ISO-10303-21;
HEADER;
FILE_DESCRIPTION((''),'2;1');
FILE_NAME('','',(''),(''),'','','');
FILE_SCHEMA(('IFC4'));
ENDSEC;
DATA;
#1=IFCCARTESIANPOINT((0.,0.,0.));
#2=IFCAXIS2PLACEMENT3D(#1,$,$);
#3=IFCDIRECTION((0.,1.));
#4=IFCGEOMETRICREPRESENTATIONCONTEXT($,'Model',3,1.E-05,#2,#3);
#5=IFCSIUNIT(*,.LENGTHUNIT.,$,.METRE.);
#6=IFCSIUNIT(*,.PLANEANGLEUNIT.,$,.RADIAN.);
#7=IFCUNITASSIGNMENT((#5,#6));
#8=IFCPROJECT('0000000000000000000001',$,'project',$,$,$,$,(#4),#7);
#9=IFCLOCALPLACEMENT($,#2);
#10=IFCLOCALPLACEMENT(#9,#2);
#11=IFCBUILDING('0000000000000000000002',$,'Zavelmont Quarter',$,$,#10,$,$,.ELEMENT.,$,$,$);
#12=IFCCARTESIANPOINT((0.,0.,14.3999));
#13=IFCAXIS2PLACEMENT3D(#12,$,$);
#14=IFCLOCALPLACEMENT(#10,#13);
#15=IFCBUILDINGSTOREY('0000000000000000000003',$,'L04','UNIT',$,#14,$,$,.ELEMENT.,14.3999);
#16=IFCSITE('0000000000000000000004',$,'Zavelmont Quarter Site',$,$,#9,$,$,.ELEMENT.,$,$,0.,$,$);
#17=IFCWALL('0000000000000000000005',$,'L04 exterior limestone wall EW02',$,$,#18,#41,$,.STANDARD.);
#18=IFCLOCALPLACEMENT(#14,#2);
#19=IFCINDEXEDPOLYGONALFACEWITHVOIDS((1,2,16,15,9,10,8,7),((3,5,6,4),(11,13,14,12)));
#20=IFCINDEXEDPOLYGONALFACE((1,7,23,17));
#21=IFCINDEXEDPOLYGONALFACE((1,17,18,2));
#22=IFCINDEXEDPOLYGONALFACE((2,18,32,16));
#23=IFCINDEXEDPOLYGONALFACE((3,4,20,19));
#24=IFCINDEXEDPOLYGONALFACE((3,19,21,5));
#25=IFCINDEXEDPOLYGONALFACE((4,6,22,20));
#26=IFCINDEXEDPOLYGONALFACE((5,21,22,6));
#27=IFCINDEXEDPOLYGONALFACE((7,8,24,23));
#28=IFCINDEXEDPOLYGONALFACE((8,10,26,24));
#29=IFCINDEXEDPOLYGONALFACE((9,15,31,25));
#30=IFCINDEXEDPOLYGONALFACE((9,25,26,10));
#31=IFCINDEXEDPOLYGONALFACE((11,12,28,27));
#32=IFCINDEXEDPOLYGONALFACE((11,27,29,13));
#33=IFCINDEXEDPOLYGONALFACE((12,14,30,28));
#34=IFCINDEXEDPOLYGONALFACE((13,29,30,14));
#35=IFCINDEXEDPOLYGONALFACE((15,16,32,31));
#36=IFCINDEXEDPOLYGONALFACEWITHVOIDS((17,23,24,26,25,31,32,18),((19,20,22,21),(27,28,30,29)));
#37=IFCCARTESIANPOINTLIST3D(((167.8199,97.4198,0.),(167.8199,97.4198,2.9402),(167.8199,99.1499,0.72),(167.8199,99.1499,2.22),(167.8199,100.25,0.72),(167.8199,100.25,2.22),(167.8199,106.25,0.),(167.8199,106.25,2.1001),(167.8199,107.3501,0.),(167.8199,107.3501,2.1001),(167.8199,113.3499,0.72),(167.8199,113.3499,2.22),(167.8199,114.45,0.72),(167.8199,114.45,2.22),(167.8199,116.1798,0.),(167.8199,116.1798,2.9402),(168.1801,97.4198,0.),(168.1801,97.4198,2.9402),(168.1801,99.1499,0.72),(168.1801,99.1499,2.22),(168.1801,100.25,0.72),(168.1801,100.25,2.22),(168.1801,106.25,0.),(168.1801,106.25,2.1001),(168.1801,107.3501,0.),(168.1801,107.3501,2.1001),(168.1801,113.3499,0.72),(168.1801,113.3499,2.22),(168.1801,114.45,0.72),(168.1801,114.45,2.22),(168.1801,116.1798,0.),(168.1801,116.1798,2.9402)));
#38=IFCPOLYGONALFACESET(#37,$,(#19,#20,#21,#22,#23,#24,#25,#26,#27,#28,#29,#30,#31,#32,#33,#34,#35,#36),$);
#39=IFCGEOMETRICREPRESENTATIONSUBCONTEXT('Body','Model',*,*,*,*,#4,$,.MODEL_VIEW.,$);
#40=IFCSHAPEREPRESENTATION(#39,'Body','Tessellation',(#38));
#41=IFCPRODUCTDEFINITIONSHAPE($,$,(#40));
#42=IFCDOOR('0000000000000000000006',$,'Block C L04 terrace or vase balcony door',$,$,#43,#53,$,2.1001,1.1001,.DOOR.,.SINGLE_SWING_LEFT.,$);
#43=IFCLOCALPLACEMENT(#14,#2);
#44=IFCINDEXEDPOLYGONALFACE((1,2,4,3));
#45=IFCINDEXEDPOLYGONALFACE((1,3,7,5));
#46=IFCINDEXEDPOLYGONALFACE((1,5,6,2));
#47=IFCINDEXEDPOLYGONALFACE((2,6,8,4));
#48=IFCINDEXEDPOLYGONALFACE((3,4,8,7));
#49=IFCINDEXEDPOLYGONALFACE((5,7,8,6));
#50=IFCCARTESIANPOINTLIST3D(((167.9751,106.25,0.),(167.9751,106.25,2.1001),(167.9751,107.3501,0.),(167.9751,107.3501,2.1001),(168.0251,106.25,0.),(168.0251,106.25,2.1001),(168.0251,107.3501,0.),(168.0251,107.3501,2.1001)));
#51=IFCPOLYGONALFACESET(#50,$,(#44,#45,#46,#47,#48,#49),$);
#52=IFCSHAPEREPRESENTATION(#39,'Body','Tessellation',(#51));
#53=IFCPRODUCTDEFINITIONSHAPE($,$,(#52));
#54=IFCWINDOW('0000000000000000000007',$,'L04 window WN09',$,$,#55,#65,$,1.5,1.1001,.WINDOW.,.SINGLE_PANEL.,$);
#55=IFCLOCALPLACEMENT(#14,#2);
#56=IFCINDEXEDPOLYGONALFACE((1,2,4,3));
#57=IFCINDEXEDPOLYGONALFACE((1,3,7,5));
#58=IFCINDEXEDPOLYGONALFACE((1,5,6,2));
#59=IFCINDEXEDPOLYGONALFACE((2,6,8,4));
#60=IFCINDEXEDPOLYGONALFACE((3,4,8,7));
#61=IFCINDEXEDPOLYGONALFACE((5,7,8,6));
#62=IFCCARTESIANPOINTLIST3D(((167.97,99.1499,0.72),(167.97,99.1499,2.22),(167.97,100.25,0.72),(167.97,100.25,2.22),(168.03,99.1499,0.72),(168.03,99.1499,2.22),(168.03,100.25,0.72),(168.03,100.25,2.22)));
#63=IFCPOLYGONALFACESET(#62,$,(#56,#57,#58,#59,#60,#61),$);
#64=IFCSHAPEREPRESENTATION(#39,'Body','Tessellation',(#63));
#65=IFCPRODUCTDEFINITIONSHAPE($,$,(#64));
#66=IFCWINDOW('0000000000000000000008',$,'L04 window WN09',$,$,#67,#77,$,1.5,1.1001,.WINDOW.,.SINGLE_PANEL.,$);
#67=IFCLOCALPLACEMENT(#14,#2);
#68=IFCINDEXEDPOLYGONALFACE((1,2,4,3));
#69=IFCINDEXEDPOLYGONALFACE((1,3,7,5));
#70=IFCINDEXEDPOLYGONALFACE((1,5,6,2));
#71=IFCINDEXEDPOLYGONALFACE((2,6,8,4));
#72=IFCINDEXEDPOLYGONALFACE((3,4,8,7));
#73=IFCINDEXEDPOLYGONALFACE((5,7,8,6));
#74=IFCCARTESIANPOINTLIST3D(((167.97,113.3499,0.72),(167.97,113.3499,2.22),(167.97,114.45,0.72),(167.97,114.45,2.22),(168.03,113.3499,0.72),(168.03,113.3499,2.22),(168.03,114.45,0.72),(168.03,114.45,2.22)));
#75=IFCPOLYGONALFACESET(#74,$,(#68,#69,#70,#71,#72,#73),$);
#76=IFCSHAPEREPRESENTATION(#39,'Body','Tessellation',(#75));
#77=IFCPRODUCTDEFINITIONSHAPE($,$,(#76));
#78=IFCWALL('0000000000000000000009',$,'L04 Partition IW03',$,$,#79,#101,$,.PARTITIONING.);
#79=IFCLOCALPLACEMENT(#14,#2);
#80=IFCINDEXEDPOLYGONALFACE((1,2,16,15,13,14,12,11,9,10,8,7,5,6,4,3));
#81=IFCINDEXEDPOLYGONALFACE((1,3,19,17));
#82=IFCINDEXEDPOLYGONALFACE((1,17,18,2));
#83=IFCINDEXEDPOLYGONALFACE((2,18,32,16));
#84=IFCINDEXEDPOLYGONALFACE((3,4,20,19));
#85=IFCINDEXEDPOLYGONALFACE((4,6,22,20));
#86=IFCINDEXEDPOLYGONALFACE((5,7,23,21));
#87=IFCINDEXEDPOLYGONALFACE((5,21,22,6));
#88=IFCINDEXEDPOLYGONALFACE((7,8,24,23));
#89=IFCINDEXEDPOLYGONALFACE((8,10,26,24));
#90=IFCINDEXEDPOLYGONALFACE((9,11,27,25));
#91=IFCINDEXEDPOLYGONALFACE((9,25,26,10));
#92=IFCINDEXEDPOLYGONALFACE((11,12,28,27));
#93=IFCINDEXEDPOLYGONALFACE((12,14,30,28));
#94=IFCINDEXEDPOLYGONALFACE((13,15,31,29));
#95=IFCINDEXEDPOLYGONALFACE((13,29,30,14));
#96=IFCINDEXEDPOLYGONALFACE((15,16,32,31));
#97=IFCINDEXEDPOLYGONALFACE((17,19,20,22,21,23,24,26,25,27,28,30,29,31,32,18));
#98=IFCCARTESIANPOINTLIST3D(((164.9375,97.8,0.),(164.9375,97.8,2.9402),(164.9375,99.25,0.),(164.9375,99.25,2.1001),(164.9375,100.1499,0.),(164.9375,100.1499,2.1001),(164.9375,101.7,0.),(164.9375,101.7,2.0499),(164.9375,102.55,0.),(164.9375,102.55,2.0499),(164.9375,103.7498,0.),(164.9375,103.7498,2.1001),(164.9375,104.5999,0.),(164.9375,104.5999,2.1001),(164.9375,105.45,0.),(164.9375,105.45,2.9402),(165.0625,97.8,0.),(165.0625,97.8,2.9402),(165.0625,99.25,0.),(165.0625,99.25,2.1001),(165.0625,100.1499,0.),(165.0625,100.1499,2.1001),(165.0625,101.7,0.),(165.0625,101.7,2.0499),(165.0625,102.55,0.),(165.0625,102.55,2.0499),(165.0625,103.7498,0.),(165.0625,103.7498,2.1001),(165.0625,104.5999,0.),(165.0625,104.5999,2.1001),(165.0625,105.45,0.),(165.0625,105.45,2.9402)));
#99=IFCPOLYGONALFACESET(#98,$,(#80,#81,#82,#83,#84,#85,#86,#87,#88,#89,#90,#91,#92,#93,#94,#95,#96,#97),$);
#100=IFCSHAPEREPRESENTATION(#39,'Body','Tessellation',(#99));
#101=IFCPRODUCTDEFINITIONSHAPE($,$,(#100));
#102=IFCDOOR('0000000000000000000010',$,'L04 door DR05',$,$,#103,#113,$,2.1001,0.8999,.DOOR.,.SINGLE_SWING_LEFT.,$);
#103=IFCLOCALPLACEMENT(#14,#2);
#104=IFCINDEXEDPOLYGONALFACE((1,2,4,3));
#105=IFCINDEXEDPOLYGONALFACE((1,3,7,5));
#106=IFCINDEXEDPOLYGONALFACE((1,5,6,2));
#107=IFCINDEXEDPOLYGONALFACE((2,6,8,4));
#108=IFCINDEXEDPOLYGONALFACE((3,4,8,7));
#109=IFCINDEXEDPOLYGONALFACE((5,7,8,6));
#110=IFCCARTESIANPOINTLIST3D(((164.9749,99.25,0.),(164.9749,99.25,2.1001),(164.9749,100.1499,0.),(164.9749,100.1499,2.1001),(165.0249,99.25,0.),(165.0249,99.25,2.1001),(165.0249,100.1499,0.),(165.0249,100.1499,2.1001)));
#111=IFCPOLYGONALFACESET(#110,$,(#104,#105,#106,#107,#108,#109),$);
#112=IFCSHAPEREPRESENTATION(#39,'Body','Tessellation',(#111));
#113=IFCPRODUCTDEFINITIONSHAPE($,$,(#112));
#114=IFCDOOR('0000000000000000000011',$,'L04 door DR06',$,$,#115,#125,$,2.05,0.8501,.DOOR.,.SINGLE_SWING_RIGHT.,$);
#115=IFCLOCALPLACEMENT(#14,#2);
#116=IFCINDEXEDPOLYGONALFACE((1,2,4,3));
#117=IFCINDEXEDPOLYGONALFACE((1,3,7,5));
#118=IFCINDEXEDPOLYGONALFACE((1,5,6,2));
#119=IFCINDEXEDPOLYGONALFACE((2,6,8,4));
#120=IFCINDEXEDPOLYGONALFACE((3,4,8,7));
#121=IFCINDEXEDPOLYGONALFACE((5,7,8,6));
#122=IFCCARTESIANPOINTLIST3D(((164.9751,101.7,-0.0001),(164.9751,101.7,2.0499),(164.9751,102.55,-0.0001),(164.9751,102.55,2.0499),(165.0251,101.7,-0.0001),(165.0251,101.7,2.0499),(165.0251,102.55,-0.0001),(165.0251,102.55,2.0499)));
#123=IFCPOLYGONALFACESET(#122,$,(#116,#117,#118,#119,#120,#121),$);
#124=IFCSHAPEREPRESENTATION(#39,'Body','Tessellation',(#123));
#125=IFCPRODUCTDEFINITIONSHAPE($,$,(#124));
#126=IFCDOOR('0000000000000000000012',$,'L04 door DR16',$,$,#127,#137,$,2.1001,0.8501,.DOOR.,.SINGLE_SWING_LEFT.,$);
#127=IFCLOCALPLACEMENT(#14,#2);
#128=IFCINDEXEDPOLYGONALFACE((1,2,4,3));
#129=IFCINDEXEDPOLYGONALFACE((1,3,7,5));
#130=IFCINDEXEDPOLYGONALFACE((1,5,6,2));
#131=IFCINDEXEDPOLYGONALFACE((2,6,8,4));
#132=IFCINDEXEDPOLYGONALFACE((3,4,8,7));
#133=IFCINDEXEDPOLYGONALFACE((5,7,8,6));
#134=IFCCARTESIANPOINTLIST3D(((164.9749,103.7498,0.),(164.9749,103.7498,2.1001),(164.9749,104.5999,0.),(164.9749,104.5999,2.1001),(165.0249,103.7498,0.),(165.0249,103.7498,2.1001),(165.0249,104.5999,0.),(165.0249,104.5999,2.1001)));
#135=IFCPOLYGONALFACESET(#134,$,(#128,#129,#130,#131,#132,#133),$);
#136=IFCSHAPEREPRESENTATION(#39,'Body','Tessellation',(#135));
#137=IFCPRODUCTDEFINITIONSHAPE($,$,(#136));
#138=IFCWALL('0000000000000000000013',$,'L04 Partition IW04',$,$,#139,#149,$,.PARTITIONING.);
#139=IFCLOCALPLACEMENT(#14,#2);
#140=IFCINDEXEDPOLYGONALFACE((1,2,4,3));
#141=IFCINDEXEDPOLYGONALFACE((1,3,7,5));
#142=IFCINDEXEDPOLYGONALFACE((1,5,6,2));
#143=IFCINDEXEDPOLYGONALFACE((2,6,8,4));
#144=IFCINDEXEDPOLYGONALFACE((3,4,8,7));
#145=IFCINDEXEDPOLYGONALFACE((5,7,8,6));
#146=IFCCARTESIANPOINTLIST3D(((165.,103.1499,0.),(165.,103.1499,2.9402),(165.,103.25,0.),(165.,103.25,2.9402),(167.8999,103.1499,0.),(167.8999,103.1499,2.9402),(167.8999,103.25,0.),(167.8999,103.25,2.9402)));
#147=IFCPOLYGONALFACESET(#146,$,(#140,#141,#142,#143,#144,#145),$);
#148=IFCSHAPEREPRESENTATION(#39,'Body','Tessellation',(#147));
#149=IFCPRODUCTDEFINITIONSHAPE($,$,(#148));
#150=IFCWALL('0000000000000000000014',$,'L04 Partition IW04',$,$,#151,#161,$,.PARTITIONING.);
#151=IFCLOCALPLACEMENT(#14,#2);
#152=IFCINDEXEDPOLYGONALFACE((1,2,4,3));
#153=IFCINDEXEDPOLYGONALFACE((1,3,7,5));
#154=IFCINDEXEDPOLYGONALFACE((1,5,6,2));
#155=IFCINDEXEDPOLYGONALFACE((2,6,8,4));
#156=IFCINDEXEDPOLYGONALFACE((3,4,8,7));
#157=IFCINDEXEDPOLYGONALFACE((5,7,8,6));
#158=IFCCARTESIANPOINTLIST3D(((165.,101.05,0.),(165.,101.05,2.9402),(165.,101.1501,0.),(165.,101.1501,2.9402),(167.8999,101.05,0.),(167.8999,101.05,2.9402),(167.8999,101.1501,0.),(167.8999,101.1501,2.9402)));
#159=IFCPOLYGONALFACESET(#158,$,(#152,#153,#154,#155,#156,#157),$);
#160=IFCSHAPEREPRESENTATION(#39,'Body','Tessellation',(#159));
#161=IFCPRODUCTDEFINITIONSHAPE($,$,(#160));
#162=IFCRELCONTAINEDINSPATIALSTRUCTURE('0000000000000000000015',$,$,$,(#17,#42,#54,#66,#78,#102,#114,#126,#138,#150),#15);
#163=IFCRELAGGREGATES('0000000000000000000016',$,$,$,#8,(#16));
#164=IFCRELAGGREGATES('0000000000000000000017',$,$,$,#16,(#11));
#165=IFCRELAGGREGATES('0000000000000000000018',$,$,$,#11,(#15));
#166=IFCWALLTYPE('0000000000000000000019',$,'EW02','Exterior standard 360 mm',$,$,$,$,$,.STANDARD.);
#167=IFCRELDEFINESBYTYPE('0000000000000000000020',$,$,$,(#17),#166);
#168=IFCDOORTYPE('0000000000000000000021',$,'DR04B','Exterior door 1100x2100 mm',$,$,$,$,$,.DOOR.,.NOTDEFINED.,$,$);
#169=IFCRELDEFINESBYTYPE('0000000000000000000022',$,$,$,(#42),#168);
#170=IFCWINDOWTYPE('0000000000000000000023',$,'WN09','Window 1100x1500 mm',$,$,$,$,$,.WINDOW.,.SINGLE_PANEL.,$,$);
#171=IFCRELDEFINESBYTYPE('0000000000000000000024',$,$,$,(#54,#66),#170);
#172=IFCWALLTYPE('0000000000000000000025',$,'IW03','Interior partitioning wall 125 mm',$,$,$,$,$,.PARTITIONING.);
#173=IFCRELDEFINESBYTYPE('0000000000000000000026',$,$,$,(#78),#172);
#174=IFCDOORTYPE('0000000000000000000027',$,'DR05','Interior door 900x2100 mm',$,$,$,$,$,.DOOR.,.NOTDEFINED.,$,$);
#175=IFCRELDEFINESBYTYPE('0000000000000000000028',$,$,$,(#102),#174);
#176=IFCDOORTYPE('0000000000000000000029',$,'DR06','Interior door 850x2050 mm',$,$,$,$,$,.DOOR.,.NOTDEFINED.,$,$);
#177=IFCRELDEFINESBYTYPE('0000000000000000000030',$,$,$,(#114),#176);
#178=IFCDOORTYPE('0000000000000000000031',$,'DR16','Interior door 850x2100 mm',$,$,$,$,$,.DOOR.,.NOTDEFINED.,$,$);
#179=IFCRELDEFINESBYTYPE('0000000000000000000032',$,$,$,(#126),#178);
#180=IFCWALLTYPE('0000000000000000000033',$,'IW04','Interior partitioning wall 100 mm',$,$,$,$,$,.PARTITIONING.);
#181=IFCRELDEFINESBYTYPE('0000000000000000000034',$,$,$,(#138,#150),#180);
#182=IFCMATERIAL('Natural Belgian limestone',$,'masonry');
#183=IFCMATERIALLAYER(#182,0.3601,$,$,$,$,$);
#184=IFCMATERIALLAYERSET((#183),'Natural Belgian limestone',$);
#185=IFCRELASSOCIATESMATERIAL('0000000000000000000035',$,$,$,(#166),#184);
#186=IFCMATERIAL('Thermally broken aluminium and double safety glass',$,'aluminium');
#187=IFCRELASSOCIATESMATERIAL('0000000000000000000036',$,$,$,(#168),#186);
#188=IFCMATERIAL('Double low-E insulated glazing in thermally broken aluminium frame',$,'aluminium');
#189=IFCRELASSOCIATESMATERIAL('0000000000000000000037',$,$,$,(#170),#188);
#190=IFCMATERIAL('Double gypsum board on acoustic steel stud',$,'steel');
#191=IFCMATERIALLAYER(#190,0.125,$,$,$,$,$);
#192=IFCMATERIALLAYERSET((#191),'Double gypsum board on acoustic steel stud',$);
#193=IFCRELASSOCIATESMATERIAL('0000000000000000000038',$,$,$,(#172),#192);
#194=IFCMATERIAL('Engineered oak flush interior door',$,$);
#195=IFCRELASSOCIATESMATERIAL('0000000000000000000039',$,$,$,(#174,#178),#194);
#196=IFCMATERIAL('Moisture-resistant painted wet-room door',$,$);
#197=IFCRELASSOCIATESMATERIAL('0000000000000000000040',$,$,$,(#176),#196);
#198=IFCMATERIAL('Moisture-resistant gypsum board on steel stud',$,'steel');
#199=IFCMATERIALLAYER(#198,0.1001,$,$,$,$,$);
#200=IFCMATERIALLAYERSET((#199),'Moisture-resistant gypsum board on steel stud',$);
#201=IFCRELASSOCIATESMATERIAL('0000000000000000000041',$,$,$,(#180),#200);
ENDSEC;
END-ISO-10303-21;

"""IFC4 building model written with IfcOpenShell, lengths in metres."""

from ifc_helpers import new_model, si_unit, direction, frame, frame_2d, origin, origin_with_axes, place, context, subcontext, project, spatial, rectangle, extrude, material, layer, layer_set, type_object, element, fill, save


model = new_model("IFC4")

# Units and contexts
model_context = context("Model", 3, precision=1e-05, world=origin(), true_north=direction((0.0, 1.0)))
body_context = subcontext(model_context, "Body", "Model", "MODEL_VIEW")
ifc_project = project(units=[si_unit("LENGTHUNIT", "METRE"), si_unit("PLANEANGLEUNIT", "RADIAN")], contexts=[model_context])

# Site, building, storey
site_placement = place(None, origin())
site = spatial("IfcSite", under=ifc_project, at=site_placement, Name="Zavelmont Quarter Site", CompositionType="ELEMENT", RefElevation=0.0)
building_placement = place(site_placement, origin())
building = spatial("IfcBuilding", under=site, at=building_placement, Name="Zavelmont Quarter", CompositionType="ELEMENT")
storey_placement = place(building_placement, frame((0.0, 0.0, 14.3999)))
storey = spatial("IfcBuildingStorey", under=building, at=storey_placement, Name="L04", Description="UNIT", CompositionType="ELEMENT", Elevation=14.3999)

# Wall, openings, door, windows
ifc_material_1 = material(Name="Natural Belgian limestone", Category="masonry")
ifc_layer_1 = layer(ifc_material_1, 0.3601)
ifc_layer_set_1 = layer_set([ifc_layer_1], Name="Natural Belgian limestone")
wall_type_1 = type_object("IfcWallType", Name="EW02", Description="Exterior standard 360 mm", PredefinedType="STANDARD", material=ifc_layer_set_1)
wall_1_placement = place(storey_placement, frame((168.0, 97.4199, 0.0), z_axis=(0.0, 0.0, 1.0), x_axis=(0.0, 1.0, 0.0)))
wall_1 = element("IfcWall", 1, at=wall_1_placement, inside=storey, type_object=wall_type_1, Name="L04 exterior limestone wall EW02", PredefinedType="STANDARD", context=body_context, shape_type="SweptSolid", body=[
    extrude(rectangle(XDim=18.76, YDim=0.3601, at=frame_2d((9.3799, 0.0))), origin(), (0.0, 0.0, 1.0), 2.9402),
])
opening_1_placement = place(wall_1_placement, frame((8.8301, 0.0, 0.0)))
opening_1 = element("IfcOpeningElement", 2, at=opening_1_placement, cuts=wall_1, PredefinedType="OPENING", context=body_context, shape_type="SweptSolid", body=[
    extrude(rectangle(XDim=1.1001, YDim=2.1001, at=frame_2d((0.55, 1.05))), frame((0.0, 0.1919, 0.0), z_axis=(0.0, -1.0, 0.0), x_axis=(1.0, 0.0, 0.0)), (0.0, 0.0, 1.0), 0.384),
])
opening_2_placement = place(wall_1_placement, frame((1.73, 0.0, 0.72)))
opening_2 = element("IfcOpeningElement", 3, at=opening_2_placement, cuts=wall_1, PredefinedType="OPENING", context=body_context, shape_type="SweptSolid", body=[
    extrude(rectangle(XDim=1.1001, YDim=1.5, at=frame_2d((0.55, 0.75))), frame((0.0, 0.1919, 0.0), z_axis=(0.0, -1.0, 0.0), x_axis=(1.0, 0.0, 0.0)), (0.0, 0.0, 1.0), 0.384),
])
opening_3_placement = place(wall_1_placement, frame((15.9299, 0.0, 0.72)))
opening_3 = element("IfcOpeningElement", 4, at=opening_3_placement, cuts=wall_1, PredefinedType="OPENING", context=body_context, shape_type="SweptSolid", body=[
    extrude(rectangle(XDim=1.1001, YDim=1.5, at=frame_2d((0.55, 0.75))), frame((0.0, 0.1919, 0.0), z_axis=(0.0, -1.0, 0.0), x_axis=(1.0, 0.0, 0.0)), (0.0, 0.0, 1.0), 0.384),
])
ifc_material_2 = material(Name="Thermally broken aluminium and double safety glass", Category="aluminium")
door_type_1 = type_object("IfcDoorType", Name="DR04B", Description="Exterior door 1100x2100 mm", OperationType="NOTDEFINED", PredefinedType="DOOR", material=ifc_material_2)
door_1_placement = place(opening_1_placement, origin_with_axes())
door_1 = element("IfcDoor", 5, at=door_1_placement, inside=storey, type_object=door_type_1, Name="Block C L04 terrace or vase balcony door", OperationType="SINGLE_SWING_LEFT", OverallHeight=2.1001, OverallWidth=1.1001, PredefinedType="DOOR", context=body_context, shape_type="SweptSolid", body=[
    extrude(rectangle(XDim=1.1001, YDim=2.1001, at=frame_2d((0.55, 1.05))), frame((0.0, 0.0249, 0.0), z_axis=(0.0, -1.0, 0.0), x_axis=(1.0, 0.0, 0.0)), (0.0, 0.0, 1.0), 0.05),
])
fill(opening_1, door_1)
ifc_material_3 = material(Name="Double low-E insulated glazing in thermally broken aluminium frame", Category="aluminium")
window_type = type_object("IfcWindowType", Name="WN09", Description="Window 1100x1500 mm", PartitioningType="SINGLE_PANEL", PredefinedType="WINDOW", material=ifc_material_3)
window_1_placement = place(opening_2_placement, origin_with_axes())
window_1 = element("IfcWindow", 6, at=window_1_placement, inside=storey, type_object=window_type, Name="L04 window WN09", OverallHeight=1.5, OverallWidth=1.1001, PartitioningType="SINGLE_PANEL", PredefinedType="WINDOW", context=body_context, shape_type="SweptSolid", body=[
    extrude(rectangle(XDim=1.1001, YDim=1.5, at=frame_2d((0.55, 0.75))), frame((0.0, 0.03, 0.0), z_axis=(0.0, -1.0, 0.0), x_axis=(1.0, 0.0, 0.0)), (0.0, 0.0, 1.0), 0.0601),
])
fill(opening_2, window_1)
window_2_placement = place(opening_3_placement, origin_with_axes())
window_2 = element("IfcWindow", 7, at=window_2_placement, inside=storey, type_object=window_type, Name="L04 window WN09", OverallHeight=1.5, OverallWidth=1.1001, PartitioningType="SINGLE_PANEL", PredefinedType="WINDOW", context=body_context, shape_type="SweptSolid", body=[
    extrude(rectangle(XDim=1.1001, YDim=1.5, at=frame_2d((0.55, 0.75))), frame((0.0, 0.03, 0.0), z_axis=(0.0, -1.0, 0.0), x_axis=(1.0, 0.0, 0.0)), (0.0, 0.0, 1.0), 0.0601),
])
fill(opening_3, window_2)

# Wall, openings, doors
ifc_material_4 = material(Name="Double gypsum board on acoustic steel stud", Category="steel")
ifc_layer_2 = layer(ifc_material_4, 0.125)
ifc_layer_set_2 = layer_set([ifc_layer_2], Name="Double gypsum board on acoustic steel stud")
wall_type_2 = type_object("IfcWallType", Name="IW03", Description="Interior partitioning wall 125 mm", PredefinedType="PARTITIONING", material=ifc_layer_set_2)
wall_2_placement = place(storey_placement, frame((165.0, 105.45, 0.0), z_axis=(0.0, 0.0, 1.0), x_axis=(0.0, -1.0, 0.0)))
wall_2 = element("IfcWall", 8, at=wall_2_placement, inside=storey, type_object=wall_type_2, Name="L04 Partition IW03", PredefinedType="PARTITIONING", context=body_context, shape_type="SweptSolid", body=[
    extrude(rectangle(XDim=7.6499, YDim=0.125, at=frame_2d((3.825, 0.0))), origin(), (0.0, 0.0, 1.0), 2.9402),
])
opening_4_placement = place(wall_2_placement, frame((0.8501, 0.0, 0.0)))
opening_4 = element("IfcOpeningElement", 9, at=opening_4_placement, cuts=wall_2, PredefinedType="OPENING", context=body_context, shape_type="SweptSolid", body=[
    extrude(rectangle(XDim=0.8501, YDim=2.1001, at=frame_2d((0.425, 1.05))), frame((0.0, 0.0745, 0.0), z_axis=(0.0, -1.0, 0.0), x_axis=(1.0, 0.0, 0.0)), (0.0, 0.0, 1.0), 0.1489),
])
opening_5_placement = place(wall_2_placement, frame((2.8999, 0.0, 0.0)))
opening_5 = element("IfcOpeningElement", 10, at=opening_5_placement, cuts=wall_2, PredefinedType="OPENING", context=body_context, shape_type="SweptSolid", body=[
    extrude(rectangle(XDim=0.8501, YDim=2.05, at=frame_2d((0.425, 1.0249))), frame((0.0, 0.0745, 0.0), z_axis=(0.0, -1.0, 0.0), x_axis=(1.0, 0.0, 0.0)), (0.0, 0.0, 1.0), 0.1489),
])
opening_6_placement = place(wall_2_placement, frame((5.3, 0.0, 0.0)))
opening_6 = element("IfcOpeningElement", 11, at=opening_6_placement, cuts=wall_2, PredefinedType="OPENING", context=body_context, shape_type="SweptSolid", body=[
    extrude(rectangle(XDim=0.8999, YDim=2.1001, at=frame_2d((0.45, 1.05))), frame((0.0, 0.0745, 0.0), z_axis=(0.0, -1.0, 0.0), x_axis=(1.0, 0.0, 0.0)), (0.0, 0.0, 1.0), 0.1489),
])
ifc_material_5 = material(Name="Engineered oak flush interior door")
door_type_2 = type_object("IfcDoorType", Name="DR05", Description="Interior door 900x2100 mm", OperationType="NOTDEFINED", PredefinedType="DOOR", material=ifc_material_5)
door_2_placement = place(opening_6_placement, origin_with_axes())
door_2 = element("IfcDoor", 12, at=door_2_placement, inside=storey, type_object=door_type_2, Name="L04 door DR05", OperationType="SINGLE_SWING_LEFT", OverallHeight=2.1001, OverallWidth=0.8999, PredefinedType="DOOR", context=body_context, shape_type="SweptSolid", body=[
    extrude(rectangle(XDim=0.8999, YDim=2.1001, at=frame_2d((0.45, 1.05))), frame((0.0, 0.0249, 0.0), z_axis=(0.0, -1.0, 0.0), x_axis=(1.0, 0.0, 0.0)), (0.0, 0.0, 1.0), 0.05),
])
fill(opening_6, door_2)
ifc_material_6 = material(Name="Moisture-resistant painted wet-room door")
door_type_3 = type_object("IfcDoorType", Name="DR06", Description="Interior door 850x2050 mm", OperationType="NOTDEFINED", PredefinedType="DOOR", material=ifc_material_6)
door_3_placement = place(opening_5_placement, frame((0.8501, 0.0, 0.0), z_axis=(0.0, 0.0, 1.0), x_axis=(-1.0, 0.0, 0.0)))
door_3 = element("IfcDoor", 13, at=door_3_placement, inside=storey, type_object=door_type_3, Name="L04 door DR06", OperationType="SINGLE_SWING_RIGHT", OverallHeight=2.05, OverallWidth=0.8501, PredefinedType="DOOR", context=body_context, shape_type="SweptSolid", body=[
    extrude(rectangle(XDim=0.8501, YDim=2.05, at=frame_2d((0.425, 1.0249))), frame((0.0, 0.0249, 0.0), z_axis=(0.0, -1.0, 0.0), x_axis=(1.0, 0.0, 0.0)), (0.0, 0.0, 1.0), 0.05),
])
fill(opening_5, door_3)
door_type_4 = type_object("IfcDoorType", Name="DR16", Description="Interior door 850x2100 mm", OperationType="NOTDEFINED", PredefinedType="DOOR", material=ifc_material_5)
door_4_placement = place(opening_4_placement, origin_with_axes())
door_4 = element("IfcDoor", 14, at=door_4_placement, inside=storey, type_object=door_type_4, Name="L04 door DR16", OperationType="SINGLE_SWING_LEFT", OverallHeight=2.1001, OverallWidth=0.8501, PredefinedType="DOOR", context=body_context, shape_type="SweptSolid", body=[
    extrude(rectangle(XDim=0.8501, YDim=2.1001, at=frame_2d((0.425, 1.05))), frame((0.0, 0.0249, 0.0), z_axis=(0.0, -1.0, 0.0), x_axis=(1.0, 0.0, 0.0)), (0.0, 0.0, 1.0), 0.05),
])
fill(opening_4, door_4)

# Walls
ifc_material_7 = material(Name="Moisture-resistant gypsum board on steel stud", Category="steel")
ifc_layer_3 = layer(ifc_material_7, 0.1001)
ifc_layer_set_3 = layer_set([ifc_layer_3], Name="Moisture-resistant gypsum board on steel stud")
wall_type_3 = type_object("IfcWallType", Name="IW04", Description="Interior partitioning wall 100 mm", PredefinedType="PARTITIONING", material=ifc_layer_set_3)
for number, where, z_axis, x_axis, name in (
    (15, (165.0, 103.2, 0.0), (0.0, 0.0, 1.0), (1.0, 0.0, 0.0), "L04 Partition IW04"),
    (16, (165.0, 101.1001, 0.0), (0.0, 0.0, 1.0), (1.0, 0.0, 0.0), "L04 Partition IW04"),
):
    element("IfcWall", number, at=place(storey_placement, frame(where, z_axis=z_axis, x_axis=x_axis)), inside=storey, type_object=wall_type_3, Name=name, PredefinedType="PARTITIONING", context=body_context, shape_type="SweptSolid", body=[
        extrude(rectangle(XDim=2.8999, YDim=0.1001, at=frame_2d((1.45, 0.0))), origin(), (0.0, 0.0, 1.0), 2.9402),
    ])

save(model, "model.ifc")
